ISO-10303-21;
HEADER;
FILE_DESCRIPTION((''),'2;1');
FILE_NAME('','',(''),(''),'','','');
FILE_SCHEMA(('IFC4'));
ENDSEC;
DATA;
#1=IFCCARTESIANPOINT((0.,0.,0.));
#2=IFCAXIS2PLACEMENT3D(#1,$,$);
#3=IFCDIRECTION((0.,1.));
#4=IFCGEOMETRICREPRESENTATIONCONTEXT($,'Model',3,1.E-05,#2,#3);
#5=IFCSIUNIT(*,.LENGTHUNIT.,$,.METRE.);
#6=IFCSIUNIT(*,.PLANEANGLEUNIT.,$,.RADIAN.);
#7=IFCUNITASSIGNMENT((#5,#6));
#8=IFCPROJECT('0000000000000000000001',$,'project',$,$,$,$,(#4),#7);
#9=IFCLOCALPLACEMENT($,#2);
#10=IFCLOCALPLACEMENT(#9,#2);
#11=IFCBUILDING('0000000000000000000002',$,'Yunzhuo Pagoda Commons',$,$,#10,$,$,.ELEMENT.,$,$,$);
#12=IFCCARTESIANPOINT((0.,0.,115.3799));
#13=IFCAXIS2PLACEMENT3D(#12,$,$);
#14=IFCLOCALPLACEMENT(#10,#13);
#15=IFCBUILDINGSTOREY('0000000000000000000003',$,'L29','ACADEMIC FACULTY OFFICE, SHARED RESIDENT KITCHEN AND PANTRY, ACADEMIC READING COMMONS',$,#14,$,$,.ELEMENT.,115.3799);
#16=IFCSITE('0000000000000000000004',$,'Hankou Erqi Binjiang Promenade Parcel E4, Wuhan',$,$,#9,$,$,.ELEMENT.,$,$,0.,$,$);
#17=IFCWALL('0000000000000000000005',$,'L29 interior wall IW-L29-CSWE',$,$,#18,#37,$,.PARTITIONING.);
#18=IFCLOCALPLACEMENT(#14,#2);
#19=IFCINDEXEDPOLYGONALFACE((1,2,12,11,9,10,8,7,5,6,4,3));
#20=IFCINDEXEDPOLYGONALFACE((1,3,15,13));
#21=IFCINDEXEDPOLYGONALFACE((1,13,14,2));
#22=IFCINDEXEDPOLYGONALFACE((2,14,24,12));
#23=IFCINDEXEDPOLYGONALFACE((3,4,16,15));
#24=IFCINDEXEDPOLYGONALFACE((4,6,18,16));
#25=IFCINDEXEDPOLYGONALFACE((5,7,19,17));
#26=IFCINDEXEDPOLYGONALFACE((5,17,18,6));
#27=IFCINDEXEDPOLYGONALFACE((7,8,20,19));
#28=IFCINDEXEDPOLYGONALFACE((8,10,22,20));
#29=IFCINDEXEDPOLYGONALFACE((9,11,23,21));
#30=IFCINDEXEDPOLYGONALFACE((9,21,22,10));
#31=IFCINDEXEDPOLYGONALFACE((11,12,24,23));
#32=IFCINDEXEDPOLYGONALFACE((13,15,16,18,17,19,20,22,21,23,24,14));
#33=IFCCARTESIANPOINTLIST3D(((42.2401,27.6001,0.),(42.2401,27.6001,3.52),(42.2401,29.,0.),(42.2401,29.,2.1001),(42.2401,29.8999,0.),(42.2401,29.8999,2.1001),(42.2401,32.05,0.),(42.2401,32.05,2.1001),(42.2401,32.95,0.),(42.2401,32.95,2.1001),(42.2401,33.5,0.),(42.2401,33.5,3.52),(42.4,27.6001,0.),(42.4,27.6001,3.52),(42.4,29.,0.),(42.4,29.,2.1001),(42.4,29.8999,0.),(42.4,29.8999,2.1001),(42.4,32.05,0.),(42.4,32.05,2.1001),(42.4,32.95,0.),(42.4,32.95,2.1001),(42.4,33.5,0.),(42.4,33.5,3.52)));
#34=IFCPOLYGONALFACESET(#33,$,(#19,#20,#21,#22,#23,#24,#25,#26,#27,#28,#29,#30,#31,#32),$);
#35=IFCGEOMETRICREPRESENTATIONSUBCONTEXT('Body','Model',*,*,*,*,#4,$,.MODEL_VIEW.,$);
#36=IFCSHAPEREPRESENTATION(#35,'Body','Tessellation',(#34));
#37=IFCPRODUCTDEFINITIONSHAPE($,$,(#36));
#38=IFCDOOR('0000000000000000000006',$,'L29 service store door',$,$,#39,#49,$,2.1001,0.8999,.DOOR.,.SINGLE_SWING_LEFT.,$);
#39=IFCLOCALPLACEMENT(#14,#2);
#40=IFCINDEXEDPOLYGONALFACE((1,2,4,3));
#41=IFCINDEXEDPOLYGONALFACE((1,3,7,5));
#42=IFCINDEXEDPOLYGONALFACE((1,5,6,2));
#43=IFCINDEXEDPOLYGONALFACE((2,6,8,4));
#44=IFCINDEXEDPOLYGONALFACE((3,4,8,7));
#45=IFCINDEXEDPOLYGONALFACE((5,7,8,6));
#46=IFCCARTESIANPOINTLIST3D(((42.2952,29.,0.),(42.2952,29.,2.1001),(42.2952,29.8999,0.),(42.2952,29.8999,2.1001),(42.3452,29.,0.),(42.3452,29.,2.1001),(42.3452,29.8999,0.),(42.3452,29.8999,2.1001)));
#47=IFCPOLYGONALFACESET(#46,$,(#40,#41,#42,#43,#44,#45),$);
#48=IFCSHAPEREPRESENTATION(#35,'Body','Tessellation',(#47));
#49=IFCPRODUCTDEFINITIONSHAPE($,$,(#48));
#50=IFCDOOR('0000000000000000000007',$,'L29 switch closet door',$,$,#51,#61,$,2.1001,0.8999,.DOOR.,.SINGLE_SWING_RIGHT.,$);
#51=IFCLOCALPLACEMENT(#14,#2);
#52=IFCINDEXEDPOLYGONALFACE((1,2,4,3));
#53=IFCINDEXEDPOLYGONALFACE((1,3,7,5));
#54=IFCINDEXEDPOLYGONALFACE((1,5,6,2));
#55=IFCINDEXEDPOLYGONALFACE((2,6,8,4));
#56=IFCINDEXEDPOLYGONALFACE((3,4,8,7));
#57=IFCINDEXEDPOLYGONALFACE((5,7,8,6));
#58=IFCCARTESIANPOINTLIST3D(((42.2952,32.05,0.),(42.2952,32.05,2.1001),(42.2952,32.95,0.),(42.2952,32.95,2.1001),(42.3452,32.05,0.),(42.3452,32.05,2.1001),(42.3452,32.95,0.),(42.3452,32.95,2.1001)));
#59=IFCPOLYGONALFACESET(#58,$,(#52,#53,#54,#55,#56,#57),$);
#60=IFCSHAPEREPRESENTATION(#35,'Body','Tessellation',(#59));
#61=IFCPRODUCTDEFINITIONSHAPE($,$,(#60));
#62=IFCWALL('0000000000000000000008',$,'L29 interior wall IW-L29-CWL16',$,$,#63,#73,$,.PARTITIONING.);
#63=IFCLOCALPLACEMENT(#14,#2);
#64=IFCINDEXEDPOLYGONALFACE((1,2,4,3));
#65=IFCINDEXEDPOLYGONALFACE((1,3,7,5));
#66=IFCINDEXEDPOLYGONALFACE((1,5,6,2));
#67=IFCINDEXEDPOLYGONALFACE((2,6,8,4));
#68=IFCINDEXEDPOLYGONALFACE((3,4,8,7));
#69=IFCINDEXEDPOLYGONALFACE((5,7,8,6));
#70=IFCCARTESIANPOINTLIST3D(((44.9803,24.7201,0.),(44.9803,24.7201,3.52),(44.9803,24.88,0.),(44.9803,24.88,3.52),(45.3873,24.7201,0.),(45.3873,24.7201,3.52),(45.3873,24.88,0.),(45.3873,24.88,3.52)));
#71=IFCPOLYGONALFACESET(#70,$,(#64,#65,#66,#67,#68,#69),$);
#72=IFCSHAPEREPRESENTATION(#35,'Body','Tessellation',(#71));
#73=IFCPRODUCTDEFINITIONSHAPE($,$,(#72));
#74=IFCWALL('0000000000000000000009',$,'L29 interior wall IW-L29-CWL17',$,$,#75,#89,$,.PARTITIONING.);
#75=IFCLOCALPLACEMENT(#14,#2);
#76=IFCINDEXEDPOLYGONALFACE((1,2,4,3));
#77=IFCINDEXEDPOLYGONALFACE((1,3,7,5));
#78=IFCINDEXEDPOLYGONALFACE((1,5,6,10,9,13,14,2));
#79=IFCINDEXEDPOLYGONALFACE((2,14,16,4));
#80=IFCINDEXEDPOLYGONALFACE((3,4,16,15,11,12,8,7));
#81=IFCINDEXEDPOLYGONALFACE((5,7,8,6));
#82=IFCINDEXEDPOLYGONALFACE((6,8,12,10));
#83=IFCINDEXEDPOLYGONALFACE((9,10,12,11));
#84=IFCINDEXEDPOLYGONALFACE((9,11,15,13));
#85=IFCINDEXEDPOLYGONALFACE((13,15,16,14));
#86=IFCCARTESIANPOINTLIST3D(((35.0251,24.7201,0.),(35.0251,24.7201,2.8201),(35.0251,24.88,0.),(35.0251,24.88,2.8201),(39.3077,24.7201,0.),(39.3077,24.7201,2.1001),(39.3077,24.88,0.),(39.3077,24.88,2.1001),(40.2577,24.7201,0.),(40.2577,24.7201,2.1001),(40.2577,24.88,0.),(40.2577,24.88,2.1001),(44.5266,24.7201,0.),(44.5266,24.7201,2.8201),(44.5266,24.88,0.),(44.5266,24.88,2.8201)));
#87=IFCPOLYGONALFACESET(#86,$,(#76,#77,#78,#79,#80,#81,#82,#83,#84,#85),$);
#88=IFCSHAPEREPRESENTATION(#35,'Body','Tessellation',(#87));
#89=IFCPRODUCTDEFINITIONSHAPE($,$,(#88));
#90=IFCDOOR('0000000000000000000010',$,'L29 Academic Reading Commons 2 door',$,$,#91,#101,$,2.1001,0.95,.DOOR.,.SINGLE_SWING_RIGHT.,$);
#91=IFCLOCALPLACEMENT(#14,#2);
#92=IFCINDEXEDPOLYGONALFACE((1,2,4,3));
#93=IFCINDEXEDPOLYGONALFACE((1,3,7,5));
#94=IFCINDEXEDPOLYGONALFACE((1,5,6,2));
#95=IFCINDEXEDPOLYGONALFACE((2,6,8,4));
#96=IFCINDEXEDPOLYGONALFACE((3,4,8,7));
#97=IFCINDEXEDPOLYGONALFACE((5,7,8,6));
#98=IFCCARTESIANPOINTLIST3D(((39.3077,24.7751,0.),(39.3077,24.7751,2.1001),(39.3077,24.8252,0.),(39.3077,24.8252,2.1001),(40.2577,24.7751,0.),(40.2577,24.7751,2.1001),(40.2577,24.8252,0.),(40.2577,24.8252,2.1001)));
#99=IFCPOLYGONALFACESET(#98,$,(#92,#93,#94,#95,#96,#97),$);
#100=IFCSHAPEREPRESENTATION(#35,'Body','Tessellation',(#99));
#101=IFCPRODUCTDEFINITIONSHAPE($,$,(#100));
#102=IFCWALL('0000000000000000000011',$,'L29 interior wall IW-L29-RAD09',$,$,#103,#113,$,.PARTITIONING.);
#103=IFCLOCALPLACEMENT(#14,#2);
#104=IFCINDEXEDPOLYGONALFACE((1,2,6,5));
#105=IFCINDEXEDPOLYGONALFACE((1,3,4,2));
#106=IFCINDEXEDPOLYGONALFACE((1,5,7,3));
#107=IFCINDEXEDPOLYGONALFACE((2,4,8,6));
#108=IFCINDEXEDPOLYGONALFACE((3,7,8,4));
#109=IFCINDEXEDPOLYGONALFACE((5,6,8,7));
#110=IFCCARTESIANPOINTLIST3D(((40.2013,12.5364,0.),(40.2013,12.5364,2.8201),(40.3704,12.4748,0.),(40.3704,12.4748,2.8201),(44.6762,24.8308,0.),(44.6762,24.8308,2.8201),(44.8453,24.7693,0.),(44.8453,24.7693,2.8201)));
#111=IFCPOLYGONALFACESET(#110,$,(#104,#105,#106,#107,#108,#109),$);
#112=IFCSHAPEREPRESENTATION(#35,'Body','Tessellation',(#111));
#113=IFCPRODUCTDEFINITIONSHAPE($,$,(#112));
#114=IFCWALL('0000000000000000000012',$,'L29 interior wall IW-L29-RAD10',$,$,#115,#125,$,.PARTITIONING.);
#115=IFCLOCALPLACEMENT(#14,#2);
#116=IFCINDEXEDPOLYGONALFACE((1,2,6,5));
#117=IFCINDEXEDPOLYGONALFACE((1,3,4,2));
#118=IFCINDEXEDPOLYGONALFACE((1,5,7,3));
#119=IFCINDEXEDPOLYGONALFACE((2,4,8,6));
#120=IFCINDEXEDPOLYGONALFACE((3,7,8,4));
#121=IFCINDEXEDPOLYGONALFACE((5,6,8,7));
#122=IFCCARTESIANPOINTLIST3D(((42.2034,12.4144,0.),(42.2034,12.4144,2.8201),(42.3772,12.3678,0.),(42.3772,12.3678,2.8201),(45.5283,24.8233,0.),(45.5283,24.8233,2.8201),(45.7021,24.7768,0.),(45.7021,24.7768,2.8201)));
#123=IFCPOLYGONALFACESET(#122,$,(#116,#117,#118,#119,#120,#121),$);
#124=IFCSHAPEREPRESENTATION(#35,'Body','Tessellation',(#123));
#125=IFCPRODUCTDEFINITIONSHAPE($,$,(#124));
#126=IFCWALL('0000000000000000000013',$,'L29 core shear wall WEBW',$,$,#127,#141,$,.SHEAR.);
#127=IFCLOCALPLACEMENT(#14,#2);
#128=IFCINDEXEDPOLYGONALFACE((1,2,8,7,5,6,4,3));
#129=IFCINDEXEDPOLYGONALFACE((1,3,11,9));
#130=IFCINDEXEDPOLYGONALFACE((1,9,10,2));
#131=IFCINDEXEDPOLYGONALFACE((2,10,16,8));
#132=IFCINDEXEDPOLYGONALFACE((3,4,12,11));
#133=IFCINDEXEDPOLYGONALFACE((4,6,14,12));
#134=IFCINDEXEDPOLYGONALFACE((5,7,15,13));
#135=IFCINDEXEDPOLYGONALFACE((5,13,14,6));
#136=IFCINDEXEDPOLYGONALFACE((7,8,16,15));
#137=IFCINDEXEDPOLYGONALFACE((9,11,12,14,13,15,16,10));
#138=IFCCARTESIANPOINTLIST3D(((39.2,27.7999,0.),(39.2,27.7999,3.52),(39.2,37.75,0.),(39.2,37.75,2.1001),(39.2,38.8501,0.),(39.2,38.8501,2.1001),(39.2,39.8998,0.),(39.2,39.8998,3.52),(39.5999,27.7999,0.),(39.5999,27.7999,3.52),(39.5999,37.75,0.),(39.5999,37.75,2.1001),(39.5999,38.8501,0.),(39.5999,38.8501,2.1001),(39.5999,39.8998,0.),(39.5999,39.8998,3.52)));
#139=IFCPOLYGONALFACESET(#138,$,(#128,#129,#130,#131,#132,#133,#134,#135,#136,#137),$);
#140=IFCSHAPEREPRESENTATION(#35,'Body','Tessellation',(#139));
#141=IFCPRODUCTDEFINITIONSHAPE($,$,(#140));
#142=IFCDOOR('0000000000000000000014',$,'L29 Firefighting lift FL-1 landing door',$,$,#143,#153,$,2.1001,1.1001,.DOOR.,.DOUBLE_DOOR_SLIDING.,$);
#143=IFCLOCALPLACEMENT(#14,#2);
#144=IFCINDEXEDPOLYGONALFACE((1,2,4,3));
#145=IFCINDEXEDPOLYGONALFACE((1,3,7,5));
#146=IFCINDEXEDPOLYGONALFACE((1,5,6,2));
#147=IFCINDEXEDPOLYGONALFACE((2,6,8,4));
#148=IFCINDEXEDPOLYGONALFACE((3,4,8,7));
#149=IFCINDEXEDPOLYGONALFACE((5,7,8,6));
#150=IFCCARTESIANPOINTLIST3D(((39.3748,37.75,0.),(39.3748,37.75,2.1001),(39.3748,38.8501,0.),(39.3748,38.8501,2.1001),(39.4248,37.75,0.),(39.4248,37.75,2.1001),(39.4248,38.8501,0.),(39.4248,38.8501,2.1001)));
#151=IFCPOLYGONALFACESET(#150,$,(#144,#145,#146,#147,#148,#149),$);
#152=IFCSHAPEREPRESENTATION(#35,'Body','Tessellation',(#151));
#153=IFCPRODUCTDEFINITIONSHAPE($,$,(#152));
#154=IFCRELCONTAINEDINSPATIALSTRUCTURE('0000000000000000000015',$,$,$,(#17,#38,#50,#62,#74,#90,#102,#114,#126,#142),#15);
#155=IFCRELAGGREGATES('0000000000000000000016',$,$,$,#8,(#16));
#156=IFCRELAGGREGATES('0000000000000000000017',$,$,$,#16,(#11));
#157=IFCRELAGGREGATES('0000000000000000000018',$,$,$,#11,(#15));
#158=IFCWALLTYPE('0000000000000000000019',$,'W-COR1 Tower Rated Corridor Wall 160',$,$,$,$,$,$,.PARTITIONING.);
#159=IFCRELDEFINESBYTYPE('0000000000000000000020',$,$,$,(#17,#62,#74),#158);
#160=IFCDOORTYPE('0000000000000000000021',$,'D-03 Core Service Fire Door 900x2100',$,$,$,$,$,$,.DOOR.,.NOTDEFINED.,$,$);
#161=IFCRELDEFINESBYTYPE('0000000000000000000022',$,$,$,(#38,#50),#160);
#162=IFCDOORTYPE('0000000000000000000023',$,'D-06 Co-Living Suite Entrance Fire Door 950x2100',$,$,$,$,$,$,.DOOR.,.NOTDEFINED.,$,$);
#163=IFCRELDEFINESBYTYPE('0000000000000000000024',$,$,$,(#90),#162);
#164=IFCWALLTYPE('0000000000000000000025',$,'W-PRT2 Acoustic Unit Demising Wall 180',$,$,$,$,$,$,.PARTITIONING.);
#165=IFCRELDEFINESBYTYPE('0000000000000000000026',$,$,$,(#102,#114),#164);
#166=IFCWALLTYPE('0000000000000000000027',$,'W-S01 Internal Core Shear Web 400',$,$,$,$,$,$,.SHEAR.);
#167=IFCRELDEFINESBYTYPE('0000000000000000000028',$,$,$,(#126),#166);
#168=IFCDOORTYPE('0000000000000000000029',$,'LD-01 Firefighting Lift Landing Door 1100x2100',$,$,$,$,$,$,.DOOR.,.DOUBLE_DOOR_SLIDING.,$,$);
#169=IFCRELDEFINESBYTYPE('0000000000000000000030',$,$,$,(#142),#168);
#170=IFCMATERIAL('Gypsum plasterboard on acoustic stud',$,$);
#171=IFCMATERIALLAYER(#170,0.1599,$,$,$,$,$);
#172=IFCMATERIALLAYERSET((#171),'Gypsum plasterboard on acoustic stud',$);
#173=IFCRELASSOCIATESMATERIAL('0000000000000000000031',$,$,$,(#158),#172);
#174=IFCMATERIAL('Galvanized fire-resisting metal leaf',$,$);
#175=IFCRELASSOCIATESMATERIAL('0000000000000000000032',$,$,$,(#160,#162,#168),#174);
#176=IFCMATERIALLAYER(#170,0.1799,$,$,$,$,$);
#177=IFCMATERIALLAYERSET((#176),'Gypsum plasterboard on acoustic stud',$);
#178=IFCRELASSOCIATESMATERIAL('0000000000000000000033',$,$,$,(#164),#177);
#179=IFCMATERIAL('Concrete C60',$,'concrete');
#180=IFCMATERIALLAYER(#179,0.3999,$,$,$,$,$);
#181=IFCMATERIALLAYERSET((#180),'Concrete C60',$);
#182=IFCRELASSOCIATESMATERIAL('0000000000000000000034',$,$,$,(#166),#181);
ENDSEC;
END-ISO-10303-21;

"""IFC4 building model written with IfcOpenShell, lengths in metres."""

from ifc_helpers import new_model, si_unit, direction, frame, frame_2d, origin, origin_with_axes, place, context, subcontext, project, spatial, rectangle, extrude, source, transform, mapped, material, layer, layer_set, type_object, element, fill, save


model = new_model("IFC4")

# Units and contexts
model_context = context("Model", 3, precision=1e-05, world=origin(), true_north=direction((0.0, 1.0)))
body_context = subcontext(model_context, "Body", "Model", "MODEL_VIEW")
ifc_project = project(units=[si_unit("LENGTHUNIT", "METRE"), si_unit("PLANEANGLEUNIT", "RADIAN")], contexts=[model_context])

# Site, building, storey
site_placement = place(None, origin())
site = spatial("IfcSite", under=ifc_project, at=site_placement, Name="Hankou Erqi Binjiang Promenade Parcel E4, Wuhan", CompositionType="ELEMENT", RefElevation=0.0)
building_placement = place(site_placement, origin())
building = spatial("IfcBuilding", under=site, at=building_placement, Name="Yunzhuo Pagoda Commons", CompositionType="ELEMENT")
storey_placement = place(building_placement, frame((0.0, 0.0, 115.3799)))
storey = spatial("IfcBuildingStorey", under=building, at=storey_placement, Name="L29", Description="ACADEMIC FACULTY OFFICE, SHARED RESIDENT KITCHEN AND PANTRY, ACADEMIC READING COMMONS", CompositionType="ELEMENT", Elevation=115.3799)

# Wall, openings, doors
ifc_material_1 = material(Name="Gypsum plasterboard on acoustic stud")
ifc_layer_1 = layer(ifc_material_1, 0.1599)
ifc_layer_set_1 = layer_set([ifc_layer_1], Name="Gypsum plasterboard on acoustic stud")
wall_type_1 = type_object("IfcWallType", Name="W-COR1 Tower Rated Corridor Wall 160", PredefinedType="PARTITIONING", material=ifc_layer_set_1)
wall_1_placement = place(storey_placement, frame((42.3201, 27.6001, 0.0), z_axis=(0.0, 0.0, 1.0), x_axis=(0.0, 1.0, 0.0)))
wall_1 = element("IfcWall", 1, at=wall_1_placement, inside=storey, type_object=wall_type_1, Name="L29 interior wall IW-L29-CSWE", PredefinedType="PARTITIONING", context=body_context, shape_type="SweptSolid", body=[
    extrude(rectangle(XDim=5.8999, YDim=0.1599, at=frame_2d((2.95, 0.0))), origin(), (0.0, 0.0, 1.0), 3.52),
])
opening_1_placement = place(wall_1_placement, frame((1.3999, 0.0, 0.0)))
opening_1 = element("IfcOpeningElement", 2, at=opening_1_placement, cuts=wall_1, PredefinedType="OPENING", context=body_context, shape_type="SweptSolid", body=[
    extrude(rectangle(XDim=0.8999, YDim=2.1001, at=frame_2d((0.45, 1.05))), frame((0.0, 0.0898, 0.0), z_axis=(0.0, -1.0, 0.0), x_axis=(1.0, 0.0, 0.0)), (0.0, 0.0, 1.0), 0.1799),
])
opening_2_placement = place(wall_1_placement, frame((4.45, 0.0, 0.0)))
opening_2 = element("IfcOpeningElement", 3, at=opening_2_placement, cuts=wall_1, PredefinedType="OPENING", context=body_context, shape_type="SweptSolid", body=[
    extrude(rectangle(XDim=0.8999, YDim=2.1001, at=frame_2d((0.45, 1.05))), frame((0.0, 0.0898, 0.0), z_axis=(0.0, -1.0, 0.0), x_axis=(1.0, 0.0, 0.0)), (0.0, 0.0, 1.0), 0.1799),
])
ifc_material_2 = material(Name="Galvanized fire-resisting metal leaf")
door_type_1 = type_object("IfcDoorType", Name="D-03 Core Service Fire Door 900x2100", OperationType="NOTDEFINED", PredefinedType="DOOR", material=ifc_material_2)
shared_shape_1 = source(origin(), body_context, "Body", "SweptSolid", [
    extrude(rectangle(XDim=0.8999, YDim=2.1001, at=frame_2d((0.45, 1.05))), frame((0.0, 0.0249, 0.0), z_axis=(0.0, -1.0, 0.0), x_axis=(1.0, 0.0, 0.0)), (0.0, 0.0, 1.0), 0.05),
])
door_1_placement = place(opening_1_placement, origin_with_axes())
door_1 = element("IfcDoor", 4, at=door_1_placement, inside=storey, type_object=door_type_1, Name="L29 service store door", OperationType="SINGLE_SWING_LEFT", OverallHeight=2.1001, OverallWidth=0.8999, PredefinedType="DOOR", context=body_context, shape_type="MappedRepresentation", body=[
    mapped(shared_shape_1, transform((0.0, 0.0, 0.0), scale=1.0)),
])
fill(opening_1, door_1)
door_2_placement = place(opening_2_placement, origin_with_axes())
door_2 = element("IfcDoor", 5, at=door_2_placement, inside=storey, type_object=door_type_1, Name="L29 switch closet door", OperationType="SINGLE_SWING_RIGHT", OverallHeight=2.1001, OverallWidth=0.8999, PredefinedType="DOOR", context=body_context, shape_type="MappedRepresentation", body=[
    mapped(shared_shape_1, transform((0.0, 0.0, 0.0), scale=1.0)),
])
fill(opening_2, door_2)

# Wall
wall_2_placement = place(storey_placement, frame((45.3875, 24.8, 0.0), z_axis=(0.0, 0.0, 1.0), x_axis=(-1.0, 0.0, 0.0)))
element("IfcWall", 6, at=wall_2_placement, inside=storey, type_object=wall_type_1, Name="L29 interior wall IW-L29-CWL16", PredefinedType="PARTITIONING", context=body_context, shape_type="SweptSolid", body=[
    extrude(rectangle(XDim=0.407, YDim=0.1599, at=frame_2d((0.2036, 0.0))), origin(), (0.0, 0.0, 1.0), 3.52),
])

# Wall, opening, door
wall_3_placement = place(storey_placement, frame((44.5266, 24.8, 0.0), z_axis=(0.0, 0.0, 1.0), x_axis=(-1.0, 0.0, 0.0)))
wall_3 = element("IfcWall", 7, at=wall_3_placement, inside=storey, type_object=wall_type_1, Name="L29 interior wall IW-L29-CWL17", PredefinedType="PARTITIONING", context=body_context, shape_type="SweptSolid", body=[
    extrude(rectangle(XDim=9.5015, YDim=0.1599, at=frame_2d((4.7507, 0.0))), origin(), (0.0, 0.0, 1.0), 2.8201),
])
opening_3_placement = place(wall_3_placement, frame((4.2688, 0.0, 0.0)))
opening_3 = element("IfcOpeningElement", 8, at=opening_3_placement, cuts=wall_3, PredefinedType="OPENING", context=body_context, shape_type="SweptSolid", body=[
    extrude(rectangle(XDim=0.95, YDim=2.1001, at=frame_2d((0.4751, 1.05))), frame((0.0, 0.0898, 0.0), z_axis=(0.0, -1.0, 0.0), x_axis=(1.0, 0.0, 0.0)), (0.0, 0.0, 1.0), 0.1799),
])
door_type_2 = type_object("IfcDoorType", Name="D-06 Co-Living Suite Entrance Fire Door 950x2100", OperationType="NOTDEFINED", PredefinedType="DOOR", material=ifc_material_2)
shared_shape_2 = source(origin(), body_context, "Body", "SweptSolid", [
    extrude(rectangle(XDim=0.95, YDim=2.1001, at=frame_2d((0.4751, 1.05))), frame((0.0, 0.0249, 0.0), z_axis=(0.0, -1.0, 0.0), x_axis=(1.0, 0.0, 0.0)), (0.0, 0.0, 1.0), 0.05),
])
door_3_placement = place(opening_3_placement, origin_with_axes())
door_3 = element("IfcDoor", 9, at=door_3_placement, inside=storey, type_object=door_type_2, Name="L29 Academic Reading Commons 2 door", OperationType="SINGLE_SWING_RIGHT", OverallHeight=2.1001, OverallWidth=0.95, PredefinedType="DOOR", context=body_context, shape_type="MappedRepresentation", body=[
    mapped(shared_shape_2, transform((0.0, 0.0, 0.0), scale=1.0)),
])
fill(opening_3, door_3)

# Walls
ifc_layer_2 = layer(ifc_material_1, 0.1799)
ifc_layer_set_2 = layer_set([ifc_layer_2], Name="Gypsum plasterboard on acoustic stud")
wall_type_2 = type_object("IfcWallType", Name="W-PRT2 Acoustic Unit Demising Wall 180", PredefinedType="PARTITIONING", material=ifc_layer_set_2)
wall_4_placement = place(storey_placement, frame((44.7607, 24.8, 0.0), z_axis=(0.0, 0.0, 1.0), x_axis=(-0.342023, -0.939691, 0.0)))
element("IfcWall", 10, at=wall_4_placement, inside=storey, type_object=wall_type_2, Name="L29 interior wall IW-L29-RAD09", PredefinedType="PARTITIONING", context=body_context, shape_type="SweptSolid", body=[
    extrude(rectangle(XDim=13.0835, YDim=0.1799, at=frame_2d((6.5417, 0.0))), origin(), (0.0, 0.0, 1.0), 2.8201),
])
wall_5_placement = place(storey_placement, frame((45.6152, 24.8, 0.0), z_axis=(0.0, 0.0, 1.0), x_axis=(-0.258818, -0.965926, 0.0)))
element("IfcWall", 11, at=wall_5_placement, inside=storey, type_object=wall_type_2, Name="L29 interior wall IW-L29-RAD10", PredefinedType="PARTITIONING", context=body_context, shape_type="SweptSolid", body=[
    extrude(rectangle(XDim=12.8467, YDim=0.1799, at=frame_2d((6.4233, 0.0))), origin(), (0.0, 0.0, 1.0), 2.8201),
])

# Wall, opening, door
ifc_material_3 = material(Name="Concrete C60", Category="concrete")
ifc_layer_3 = layer(ifc_material_3, 0.3999)
ifc_layer_set_3 = layer_set([ifc_layer_3], Name="Concrete C60")
wall_type_3 = type_object("IfcWallType", Name="W-S01 Internal Core Shear Web 400", PredefinedType="SHEAR", material=ifc_layer_set_3)
wall_6_placement = place(storey_placement, frame((39.3999, 27.8, 0.0), z_axis=(0.0, 0.0, 1.0), x_axis=(0.0, 1.0, 0.0)))
wall_6 = element("IfcWall", 12, at=wall_6_placement, inside=storey, type_object=wall_type_3, Name="L29 core shear wall WEBW", PredefinedType="SHEAR", context=body_context, shape_type="SweptSolid", body=[
    extrude(rectangle(XDim=12.0999, YDim=0.3999, at=frame_2d((6.0498, 0.0))), origin(), (0.0, 0.0, 1.0), 3.52),
])
opening_4_placement = place(wall_6_placement, frame((9.95, 0.0, 0.0)))
opening_4 = element("IfcOpeningElement", 13, at=opening_4_placement, cuts=wall_6, PredefinedType="OPENING", context=body_context, shape_type="SweptSolid", body=[
    extrude(rectangle(XDim=1.1001, YDim=2.1001, at=frame_2d((0.55, 1.05))), frame((0.0, 0.21, 0.0), z_axis=(0.0, -1.0, 0.0), x_axis=(1.0, 0.0, 0.0)), (0.0, 0.0, 1.0), 0.4199),
])
door_type_3 = type_object("IfcDoorType", Name="LD-01 Firefighting Lift Landing Door 1100x2100", OperationType="DOUBLE_DOOR_SLIDING", PredefinedType="DOOR", material=ifc_material_2)
shared_shape_3 = source(origin(), body_context, "Body", "SweptSolid", [
    extrude(rectangle(XDim=1.1001, YDim=2.1001, at=frame_2d((0.55, 1.05))), frame((0.0, 0.0249, 0.0), z_axis=(0.0, -1.0, 0.0), x_axis=(1.0, 0.0, 0.0)), (0.0, 0.0, 1.0), 0.05),
])
door_4_placement = place(opening_4_placement, frame((1.1001, 0.0, 0.0), z_axis=(0.0, 0.0, 1.0), x_axis=(-1.0, 0.0, 0.0)))
door_4 = element("IfcDoor", 14, at=door_4_placement, inside=storey, type_object=door_type_3, Name="L29 Firefighting lift FL-1 landing door", OperationType="DOUBLE_DOOR_SLIDING", OverallHeight=2.1001, OverallWidth=1.1001, PredefinedType="DOOR", context=body_context, shape_type="MappedRepresentation", body=[
    mapped(shared_shape_3, transform((0.0, 0.0, 0.0), scale=1.0)),
])
fill(opening_4, door_4)

save(model, "model.ifc")
